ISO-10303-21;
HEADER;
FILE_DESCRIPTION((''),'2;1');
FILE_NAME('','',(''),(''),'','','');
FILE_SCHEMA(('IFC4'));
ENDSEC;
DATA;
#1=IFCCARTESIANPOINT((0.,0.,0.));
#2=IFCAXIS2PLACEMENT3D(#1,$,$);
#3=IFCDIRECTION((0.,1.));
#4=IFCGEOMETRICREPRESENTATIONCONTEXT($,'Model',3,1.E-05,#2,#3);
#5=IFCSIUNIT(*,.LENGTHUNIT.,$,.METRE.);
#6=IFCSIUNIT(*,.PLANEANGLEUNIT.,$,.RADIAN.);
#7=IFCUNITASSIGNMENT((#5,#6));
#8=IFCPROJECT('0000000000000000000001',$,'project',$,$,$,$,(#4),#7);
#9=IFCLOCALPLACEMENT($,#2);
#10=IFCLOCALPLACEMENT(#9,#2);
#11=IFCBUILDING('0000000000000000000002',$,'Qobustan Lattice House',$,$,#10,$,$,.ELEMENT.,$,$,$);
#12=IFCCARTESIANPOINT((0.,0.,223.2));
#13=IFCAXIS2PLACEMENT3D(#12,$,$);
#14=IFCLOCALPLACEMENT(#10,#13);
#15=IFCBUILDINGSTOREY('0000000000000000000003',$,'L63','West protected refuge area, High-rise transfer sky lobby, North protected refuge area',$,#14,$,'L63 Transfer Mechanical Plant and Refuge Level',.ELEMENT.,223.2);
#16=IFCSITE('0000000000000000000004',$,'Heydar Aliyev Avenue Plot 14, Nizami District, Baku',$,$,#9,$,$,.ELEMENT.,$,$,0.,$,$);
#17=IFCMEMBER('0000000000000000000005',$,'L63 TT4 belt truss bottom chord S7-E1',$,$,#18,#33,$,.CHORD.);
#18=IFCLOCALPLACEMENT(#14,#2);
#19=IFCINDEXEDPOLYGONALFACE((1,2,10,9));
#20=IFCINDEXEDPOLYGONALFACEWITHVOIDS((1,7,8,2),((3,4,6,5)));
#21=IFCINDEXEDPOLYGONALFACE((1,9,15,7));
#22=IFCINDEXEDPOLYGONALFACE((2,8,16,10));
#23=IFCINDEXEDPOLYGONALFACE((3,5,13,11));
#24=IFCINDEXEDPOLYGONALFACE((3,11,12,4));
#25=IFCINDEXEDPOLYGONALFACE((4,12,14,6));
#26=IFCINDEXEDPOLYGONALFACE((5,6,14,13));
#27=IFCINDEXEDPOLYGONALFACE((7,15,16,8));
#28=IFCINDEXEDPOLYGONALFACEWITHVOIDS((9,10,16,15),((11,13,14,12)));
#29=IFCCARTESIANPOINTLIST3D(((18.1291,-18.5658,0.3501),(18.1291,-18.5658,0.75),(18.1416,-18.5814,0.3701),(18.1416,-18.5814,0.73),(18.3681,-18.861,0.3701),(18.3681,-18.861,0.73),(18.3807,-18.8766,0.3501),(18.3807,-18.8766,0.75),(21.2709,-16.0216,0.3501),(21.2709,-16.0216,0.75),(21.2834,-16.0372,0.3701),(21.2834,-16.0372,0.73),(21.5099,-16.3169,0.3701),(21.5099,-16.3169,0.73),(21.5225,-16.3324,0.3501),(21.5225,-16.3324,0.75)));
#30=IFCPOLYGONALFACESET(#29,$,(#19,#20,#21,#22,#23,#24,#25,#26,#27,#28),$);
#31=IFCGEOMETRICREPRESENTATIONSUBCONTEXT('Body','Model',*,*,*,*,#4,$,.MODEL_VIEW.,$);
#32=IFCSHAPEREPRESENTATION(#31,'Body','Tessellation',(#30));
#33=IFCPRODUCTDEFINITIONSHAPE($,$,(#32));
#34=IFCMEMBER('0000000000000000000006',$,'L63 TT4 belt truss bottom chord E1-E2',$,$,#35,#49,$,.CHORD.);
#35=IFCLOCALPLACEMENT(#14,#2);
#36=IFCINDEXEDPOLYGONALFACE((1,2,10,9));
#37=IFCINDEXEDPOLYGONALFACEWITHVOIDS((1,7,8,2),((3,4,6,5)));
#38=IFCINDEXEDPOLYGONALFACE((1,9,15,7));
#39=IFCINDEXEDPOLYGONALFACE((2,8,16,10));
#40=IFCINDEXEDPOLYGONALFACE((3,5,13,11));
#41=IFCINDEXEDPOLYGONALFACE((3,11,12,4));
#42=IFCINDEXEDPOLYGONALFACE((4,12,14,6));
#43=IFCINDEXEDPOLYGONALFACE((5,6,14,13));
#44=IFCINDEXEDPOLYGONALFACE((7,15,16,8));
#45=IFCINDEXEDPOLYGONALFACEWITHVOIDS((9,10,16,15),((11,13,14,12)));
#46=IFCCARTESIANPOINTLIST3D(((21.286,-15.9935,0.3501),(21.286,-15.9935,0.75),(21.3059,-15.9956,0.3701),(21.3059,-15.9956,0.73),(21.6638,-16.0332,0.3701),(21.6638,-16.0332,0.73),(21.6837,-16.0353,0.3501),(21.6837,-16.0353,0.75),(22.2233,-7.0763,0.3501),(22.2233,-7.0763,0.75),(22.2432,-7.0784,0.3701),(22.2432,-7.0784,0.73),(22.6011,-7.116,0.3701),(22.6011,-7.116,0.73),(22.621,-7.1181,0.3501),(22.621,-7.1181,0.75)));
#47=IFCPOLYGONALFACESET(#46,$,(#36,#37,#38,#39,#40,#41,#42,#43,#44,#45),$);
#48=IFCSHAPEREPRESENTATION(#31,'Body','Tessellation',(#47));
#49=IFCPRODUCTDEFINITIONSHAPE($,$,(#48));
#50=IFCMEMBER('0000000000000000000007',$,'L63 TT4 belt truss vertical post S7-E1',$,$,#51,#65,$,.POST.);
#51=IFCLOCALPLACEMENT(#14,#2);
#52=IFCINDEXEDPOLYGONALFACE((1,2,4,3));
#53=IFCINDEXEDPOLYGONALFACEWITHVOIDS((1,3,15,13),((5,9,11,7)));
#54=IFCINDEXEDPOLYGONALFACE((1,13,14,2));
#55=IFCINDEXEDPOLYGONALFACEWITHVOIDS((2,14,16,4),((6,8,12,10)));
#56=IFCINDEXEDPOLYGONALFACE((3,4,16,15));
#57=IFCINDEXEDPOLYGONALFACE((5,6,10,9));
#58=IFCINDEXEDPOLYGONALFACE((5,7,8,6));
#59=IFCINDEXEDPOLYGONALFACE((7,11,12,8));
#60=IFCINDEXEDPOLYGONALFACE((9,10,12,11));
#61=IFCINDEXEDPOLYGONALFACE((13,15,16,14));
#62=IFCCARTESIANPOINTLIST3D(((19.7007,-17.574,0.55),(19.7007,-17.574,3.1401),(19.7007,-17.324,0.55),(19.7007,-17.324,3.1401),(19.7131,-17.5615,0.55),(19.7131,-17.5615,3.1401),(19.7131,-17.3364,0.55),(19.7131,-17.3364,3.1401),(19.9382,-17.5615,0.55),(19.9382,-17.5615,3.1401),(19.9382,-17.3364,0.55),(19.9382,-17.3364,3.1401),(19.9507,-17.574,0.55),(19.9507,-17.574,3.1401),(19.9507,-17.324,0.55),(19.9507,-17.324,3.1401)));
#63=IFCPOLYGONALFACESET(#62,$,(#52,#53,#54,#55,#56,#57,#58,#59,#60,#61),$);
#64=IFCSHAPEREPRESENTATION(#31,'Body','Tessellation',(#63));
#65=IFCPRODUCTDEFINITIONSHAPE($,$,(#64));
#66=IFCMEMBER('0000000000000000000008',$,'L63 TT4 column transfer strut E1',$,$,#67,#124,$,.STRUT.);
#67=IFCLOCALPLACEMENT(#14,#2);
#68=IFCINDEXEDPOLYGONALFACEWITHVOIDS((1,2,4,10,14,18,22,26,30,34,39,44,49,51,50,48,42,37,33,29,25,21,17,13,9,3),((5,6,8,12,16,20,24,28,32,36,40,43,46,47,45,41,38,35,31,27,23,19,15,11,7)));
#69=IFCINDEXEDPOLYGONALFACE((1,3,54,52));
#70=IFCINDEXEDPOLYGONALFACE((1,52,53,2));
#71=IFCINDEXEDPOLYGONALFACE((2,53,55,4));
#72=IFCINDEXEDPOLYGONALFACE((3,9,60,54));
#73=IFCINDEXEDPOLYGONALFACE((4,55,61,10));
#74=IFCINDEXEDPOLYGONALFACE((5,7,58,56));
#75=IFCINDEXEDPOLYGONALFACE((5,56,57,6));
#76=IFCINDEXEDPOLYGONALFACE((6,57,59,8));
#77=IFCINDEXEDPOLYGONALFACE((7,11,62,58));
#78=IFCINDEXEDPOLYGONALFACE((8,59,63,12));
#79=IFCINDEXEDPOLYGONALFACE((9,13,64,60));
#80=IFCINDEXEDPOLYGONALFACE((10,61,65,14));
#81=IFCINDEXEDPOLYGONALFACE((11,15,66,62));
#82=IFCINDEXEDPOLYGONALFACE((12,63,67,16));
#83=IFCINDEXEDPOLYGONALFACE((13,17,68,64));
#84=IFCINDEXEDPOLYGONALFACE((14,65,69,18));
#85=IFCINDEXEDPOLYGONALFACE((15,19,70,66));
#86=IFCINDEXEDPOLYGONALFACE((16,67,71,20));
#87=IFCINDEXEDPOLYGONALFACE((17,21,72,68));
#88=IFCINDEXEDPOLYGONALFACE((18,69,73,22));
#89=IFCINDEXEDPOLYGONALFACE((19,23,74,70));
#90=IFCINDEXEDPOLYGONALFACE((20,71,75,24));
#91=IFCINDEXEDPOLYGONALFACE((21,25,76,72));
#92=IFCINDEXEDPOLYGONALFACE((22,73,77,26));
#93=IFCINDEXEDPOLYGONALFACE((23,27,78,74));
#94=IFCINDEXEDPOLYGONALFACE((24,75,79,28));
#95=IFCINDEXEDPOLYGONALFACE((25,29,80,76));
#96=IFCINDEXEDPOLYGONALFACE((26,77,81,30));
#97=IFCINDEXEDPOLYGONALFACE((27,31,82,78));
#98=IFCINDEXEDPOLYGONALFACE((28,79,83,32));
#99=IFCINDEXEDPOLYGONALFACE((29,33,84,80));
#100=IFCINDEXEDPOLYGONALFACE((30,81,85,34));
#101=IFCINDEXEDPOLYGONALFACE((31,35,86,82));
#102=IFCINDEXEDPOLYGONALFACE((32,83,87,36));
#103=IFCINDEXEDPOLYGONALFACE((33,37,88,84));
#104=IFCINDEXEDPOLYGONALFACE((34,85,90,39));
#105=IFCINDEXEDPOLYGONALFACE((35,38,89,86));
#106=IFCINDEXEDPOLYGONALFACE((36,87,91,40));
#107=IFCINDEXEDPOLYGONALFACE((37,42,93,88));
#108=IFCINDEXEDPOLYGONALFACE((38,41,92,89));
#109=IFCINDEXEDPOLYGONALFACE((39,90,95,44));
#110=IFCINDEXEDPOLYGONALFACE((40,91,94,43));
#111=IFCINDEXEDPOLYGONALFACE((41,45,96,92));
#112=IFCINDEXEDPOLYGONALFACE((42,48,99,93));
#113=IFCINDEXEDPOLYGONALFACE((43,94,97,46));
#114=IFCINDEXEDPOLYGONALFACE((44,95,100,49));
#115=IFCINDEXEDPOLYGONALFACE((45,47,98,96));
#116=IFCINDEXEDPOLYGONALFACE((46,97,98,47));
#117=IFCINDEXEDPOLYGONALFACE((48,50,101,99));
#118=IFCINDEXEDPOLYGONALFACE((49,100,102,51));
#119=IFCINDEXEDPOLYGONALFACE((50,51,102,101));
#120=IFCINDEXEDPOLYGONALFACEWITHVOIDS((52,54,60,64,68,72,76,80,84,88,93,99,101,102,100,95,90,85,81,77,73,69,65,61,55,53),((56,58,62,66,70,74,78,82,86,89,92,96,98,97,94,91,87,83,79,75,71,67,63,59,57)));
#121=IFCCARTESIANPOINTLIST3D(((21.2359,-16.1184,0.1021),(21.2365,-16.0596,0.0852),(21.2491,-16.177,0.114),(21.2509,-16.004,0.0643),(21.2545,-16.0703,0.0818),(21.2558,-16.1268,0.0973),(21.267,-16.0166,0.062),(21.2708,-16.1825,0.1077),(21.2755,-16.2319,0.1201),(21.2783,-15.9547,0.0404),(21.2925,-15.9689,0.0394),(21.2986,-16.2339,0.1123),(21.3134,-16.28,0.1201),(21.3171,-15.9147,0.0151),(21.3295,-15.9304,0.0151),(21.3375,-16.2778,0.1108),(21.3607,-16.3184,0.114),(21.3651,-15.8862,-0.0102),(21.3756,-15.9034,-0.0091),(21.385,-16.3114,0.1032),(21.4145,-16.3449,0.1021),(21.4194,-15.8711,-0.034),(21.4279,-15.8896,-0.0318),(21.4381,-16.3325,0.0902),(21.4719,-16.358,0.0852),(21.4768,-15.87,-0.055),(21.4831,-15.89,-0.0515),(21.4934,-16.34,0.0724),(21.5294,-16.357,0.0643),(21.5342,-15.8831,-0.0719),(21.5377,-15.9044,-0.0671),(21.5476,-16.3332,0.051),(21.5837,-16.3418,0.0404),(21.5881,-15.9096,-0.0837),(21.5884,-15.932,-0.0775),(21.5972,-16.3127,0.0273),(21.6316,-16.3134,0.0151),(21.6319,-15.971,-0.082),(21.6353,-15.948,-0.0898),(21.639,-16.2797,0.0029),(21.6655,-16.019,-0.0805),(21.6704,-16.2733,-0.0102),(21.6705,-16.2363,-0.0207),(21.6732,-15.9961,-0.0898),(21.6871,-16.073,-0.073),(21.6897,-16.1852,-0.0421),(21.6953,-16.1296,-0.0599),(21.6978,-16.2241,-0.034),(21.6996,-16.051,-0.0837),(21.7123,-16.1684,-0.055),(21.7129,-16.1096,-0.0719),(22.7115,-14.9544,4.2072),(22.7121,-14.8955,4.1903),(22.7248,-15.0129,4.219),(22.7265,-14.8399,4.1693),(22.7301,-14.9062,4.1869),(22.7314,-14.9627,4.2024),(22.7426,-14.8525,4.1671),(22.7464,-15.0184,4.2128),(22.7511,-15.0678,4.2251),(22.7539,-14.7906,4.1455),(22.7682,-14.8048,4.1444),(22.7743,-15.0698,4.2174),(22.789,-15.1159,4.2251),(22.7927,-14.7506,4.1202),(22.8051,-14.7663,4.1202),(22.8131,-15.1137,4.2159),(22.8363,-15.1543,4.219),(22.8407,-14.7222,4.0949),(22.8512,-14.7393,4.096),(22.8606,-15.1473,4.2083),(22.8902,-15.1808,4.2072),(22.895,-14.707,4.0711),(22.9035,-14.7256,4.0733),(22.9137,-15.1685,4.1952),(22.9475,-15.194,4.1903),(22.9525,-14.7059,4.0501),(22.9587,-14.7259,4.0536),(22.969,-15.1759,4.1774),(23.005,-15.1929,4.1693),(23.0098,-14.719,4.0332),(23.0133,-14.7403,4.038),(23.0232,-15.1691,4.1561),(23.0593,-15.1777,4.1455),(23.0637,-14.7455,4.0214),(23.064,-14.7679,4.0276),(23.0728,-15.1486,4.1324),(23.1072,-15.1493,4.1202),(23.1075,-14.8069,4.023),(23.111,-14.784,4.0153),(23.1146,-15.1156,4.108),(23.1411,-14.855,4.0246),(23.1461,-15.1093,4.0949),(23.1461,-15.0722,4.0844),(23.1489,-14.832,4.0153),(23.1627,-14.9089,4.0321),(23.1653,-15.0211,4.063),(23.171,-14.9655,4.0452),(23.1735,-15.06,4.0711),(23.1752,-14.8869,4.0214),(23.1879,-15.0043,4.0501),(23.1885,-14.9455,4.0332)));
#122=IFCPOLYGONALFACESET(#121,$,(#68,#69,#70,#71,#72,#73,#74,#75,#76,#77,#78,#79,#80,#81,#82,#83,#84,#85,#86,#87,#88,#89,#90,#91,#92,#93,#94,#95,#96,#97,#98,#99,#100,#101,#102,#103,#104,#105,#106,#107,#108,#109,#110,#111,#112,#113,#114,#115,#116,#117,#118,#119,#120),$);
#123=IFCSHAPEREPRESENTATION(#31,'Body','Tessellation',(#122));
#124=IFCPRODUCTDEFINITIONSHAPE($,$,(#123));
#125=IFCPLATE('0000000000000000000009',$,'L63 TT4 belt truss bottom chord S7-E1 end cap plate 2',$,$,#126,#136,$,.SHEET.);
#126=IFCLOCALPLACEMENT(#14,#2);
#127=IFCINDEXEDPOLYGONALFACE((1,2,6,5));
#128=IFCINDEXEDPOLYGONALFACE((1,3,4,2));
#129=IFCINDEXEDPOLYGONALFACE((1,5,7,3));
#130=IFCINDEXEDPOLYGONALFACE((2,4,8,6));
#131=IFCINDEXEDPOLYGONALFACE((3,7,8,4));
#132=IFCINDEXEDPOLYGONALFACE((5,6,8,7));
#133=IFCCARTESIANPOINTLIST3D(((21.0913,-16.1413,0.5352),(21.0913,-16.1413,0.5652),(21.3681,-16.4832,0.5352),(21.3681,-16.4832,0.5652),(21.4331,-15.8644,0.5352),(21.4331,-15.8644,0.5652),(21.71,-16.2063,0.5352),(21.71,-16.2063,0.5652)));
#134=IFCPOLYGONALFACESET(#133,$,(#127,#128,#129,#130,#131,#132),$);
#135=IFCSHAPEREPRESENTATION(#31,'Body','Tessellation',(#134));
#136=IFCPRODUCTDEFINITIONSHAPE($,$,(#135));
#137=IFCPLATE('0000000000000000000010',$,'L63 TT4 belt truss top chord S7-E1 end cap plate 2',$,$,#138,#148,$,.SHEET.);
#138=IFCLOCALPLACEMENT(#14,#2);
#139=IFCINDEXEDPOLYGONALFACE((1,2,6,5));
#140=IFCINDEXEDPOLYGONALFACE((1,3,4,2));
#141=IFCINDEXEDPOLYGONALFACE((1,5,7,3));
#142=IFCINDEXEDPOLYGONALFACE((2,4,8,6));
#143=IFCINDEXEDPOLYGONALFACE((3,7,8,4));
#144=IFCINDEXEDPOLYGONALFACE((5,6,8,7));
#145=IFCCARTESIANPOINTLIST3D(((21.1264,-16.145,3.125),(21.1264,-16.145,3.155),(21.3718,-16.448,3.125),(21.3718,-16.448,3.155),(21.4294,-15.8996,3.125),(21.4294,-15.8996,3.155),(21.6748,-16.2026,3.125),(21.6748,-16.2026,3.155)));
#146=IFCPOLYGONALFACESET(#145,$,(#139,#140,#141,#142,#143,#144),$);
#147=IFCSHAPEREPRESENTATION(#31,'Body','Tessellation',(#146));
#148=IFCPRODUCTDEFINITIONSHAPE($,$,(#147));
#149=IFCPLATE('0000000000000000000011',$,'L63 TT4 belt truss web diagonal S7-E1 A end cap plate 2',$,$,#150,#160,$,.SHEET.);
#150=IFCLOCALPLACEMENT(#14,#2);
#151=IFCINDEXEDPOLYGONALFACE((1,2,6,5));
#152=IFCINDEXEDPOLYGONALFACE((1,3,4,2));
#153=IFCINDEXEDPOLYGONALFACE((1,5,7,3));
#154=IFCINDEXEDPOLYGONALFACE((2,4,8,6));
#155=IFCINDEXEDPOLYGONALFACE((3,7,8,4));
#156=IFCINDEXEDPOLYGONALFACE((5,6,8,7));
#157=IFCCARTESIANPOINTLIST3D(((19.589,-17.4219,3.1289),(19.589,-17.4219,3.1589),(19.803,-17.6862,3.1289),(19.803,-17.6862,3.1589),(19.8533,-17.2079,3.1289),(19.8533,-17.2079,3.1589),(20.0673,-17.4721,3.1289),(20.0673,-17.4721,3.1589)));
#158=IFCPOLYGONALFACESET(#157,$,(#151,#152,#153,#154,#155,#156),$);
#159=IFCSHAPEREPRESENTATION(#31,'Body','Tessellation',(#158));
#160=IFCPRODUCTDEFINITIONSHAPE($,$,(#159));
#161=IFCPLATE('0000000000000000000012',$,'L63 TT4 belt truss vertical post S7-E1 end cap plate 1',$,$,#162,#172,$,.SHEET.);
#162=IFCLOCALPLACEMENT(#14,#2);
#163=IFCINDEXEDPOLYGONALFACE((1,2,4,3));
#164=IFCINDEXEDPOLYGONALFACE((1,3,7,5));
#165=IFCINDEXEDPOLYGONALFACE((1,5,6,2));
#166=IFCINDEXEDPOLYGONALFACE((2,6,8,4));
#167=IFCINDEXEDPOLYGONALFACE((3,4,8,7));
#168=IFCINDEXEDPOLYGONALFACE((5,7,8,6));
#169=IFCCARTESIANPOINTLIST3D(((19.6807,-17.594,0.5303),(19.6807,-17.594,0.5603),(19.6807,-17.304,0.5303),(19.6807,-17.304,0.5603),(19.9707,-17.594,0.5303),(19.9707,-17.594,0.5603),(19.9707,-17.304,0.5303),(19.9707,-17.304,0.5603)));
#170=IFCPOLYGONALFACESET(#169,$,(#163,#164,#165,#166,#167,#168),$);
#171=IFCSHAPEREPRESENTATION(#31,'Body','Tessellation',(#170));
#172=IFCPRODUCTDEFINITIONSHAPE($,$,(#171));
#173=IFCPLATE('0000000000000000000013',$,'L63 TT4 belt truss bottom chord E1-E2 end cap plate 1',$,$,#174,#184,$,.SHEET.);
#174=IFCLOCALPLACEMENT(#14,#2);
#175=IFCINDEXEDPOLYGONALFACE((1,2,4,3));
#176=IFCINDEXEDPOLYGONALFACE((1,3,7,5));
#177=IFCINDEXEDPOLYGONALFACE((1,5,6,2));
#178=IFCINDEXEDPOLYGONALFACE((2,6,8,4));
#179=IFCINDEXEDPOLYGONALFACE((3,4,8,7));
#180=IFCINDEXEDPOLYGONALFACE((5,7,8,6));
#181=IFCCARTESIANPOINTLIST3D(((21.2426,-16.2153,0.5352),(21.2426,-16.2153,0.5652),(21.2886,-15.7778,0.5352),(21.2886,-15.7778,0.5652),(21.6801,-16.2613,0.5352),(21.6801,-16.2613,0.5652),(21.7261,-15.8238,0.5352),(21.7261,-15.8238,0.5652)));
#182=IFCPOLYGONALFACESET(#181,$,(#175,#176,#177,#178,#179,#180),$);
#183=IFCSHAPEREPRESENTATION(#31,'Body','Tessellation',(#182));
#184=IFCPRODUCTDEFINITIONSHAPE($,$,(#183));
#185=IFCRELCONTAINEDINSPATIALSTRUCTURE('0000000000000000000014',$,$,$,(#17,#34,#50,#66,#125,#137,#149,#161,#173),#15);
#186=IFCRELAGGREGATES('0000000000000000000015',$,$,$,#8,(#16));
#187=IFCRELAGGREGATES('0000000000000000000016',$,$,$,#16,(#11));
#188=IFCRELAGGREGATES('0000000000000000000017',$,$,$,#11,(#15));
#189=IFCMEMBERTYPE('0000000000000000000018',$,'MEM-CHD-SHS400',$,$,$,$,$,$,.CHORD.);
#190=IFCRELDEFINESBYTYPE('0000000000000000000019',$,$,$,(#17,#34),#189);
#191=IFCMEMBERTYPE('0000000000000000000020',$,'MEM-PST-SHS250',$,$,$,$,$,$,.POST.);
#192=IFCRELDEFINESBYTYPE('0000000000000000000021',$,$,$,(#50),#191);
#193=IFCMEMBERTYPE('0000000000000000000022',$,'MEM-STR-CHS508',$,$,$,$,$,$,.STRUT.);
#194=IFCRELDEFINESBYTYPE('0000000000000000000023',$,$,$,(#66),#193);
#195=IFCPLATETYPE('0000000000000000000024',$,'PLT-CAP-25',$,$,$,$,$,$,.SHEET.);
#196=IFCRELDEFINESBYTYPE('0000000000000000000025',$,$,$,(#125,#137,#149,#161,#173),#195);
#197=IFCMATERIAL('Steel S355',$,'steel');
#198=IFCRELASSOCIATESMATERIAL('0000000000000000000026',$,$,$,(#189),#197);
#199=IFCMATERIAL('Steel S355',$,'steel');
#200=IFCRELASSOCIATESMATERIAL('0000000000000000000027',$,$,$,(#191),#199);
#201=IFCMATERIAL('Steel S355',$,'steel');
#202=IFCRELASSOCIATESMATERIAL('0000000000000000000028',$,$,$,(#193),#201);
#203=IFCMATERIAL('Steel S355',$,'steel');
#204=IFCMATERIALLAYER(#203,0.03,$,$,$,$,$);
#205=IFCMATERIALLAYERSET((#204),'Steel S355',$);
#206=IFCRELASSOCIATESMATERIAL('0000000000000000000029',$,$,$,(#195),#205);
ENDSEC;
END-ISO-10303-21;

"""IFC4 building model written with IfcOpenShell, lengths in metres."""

from ifc_helpers import new_model, si_unit, direction, frame, origin, origin_2d, place, context, subcontext, project, spatial, rectangle, hollow_rectangle, hollow_circle, extrude, material, layer, layer_set, material_profile, profile_set, type_object, element, save


model = new_model("IFC4")

# Units and contexts
model_context = context("Model", 3, precision=1e-05, world=origin(), true_north=direction((0.0, 1.0)))
body_context = subcontext(model_context, "Body", "Model", "MODEL_VIEW")
ifc_project = project(units=[si_unit("LENGTHUNIT", "METRE"), si_unit("PLANEANGLEUNIT", "RADIAN")], contexts=[model_context])

# Site, building, storey
site_placement = place(None, origin())
site = spatial("IfcSite", under=ifc_project, at=site_placement, Name="Heydar Aliyev Avenue Plot 14, Nizami District, Baku", CompositionType="ELEMENT", RefElevation=0.0)
building_placement = place(site_placement, origin())
building = spatial("IfcBuilding", under=site, at=building_placement, Name="Qobustan Lattice House", CompositionType="ELEMENT")
storey_placement = place(building_placement, frame((0.0, 0.0, 223.2)))
storey = spatial("IfcBuildingStorey", under=building, at=storey_placement, Name="L63", Description="West protected refuge area, High-rise transfer sky lobby, North protected refuge area", LongName="L63 Transfer Mechanical Plant and Refuge Level", CompositionType="ELEMENT", Elevation=223.2)

# Members
ifc_material_1 = material(Name="Steel S355", Category="steel")
ifc_material_profile_1 = material_profile(ifc_material_1, hollow_rectangle(XDim=0.3999, YDim=0.3999, WallThickness=0.02, at=origin_2d()), Name="SHS400x400x20")
ifc_profile_set_1 = profile_set([ifc_material_profile_1], Name="Steel S355")
member_type_1 = type_object("IfcMemberType", Name="MEM-CHD-SHS400", PredefinedType="CHORD", material=ifc_profile_set_1)
member_1_placement = place(storey_placement, frame((18.2549, -18.7212, 0.55), z_axis=(0.777149, 0.629316, 0.0), x_axis=(-0.629316, 0.777149, 0.0)))
element("IfcMember", 1, at=member_1_placement, inside=storey, type_object=member_type_1, Name="L63 TT4 belt truss bottom chord S7-E1", PredefinedType="CHORD", context=body_context, shape_type="SweptSolid", body=[
    extrude(hollow_rectangle(XDim=0.3999, YDim=0.3999, WallThickness=0.02, at=origin_2d()), origin(), (0.0, 0.0, 1.0), 4.0427),
])
member_2_placement = place(storey_placement, frame((21.4849, -16.0144, 0.55), z_axis=(0.10453, 0.994522, 0.0), x_axis=(-0.994522, 0.10453, 0.0)))
element("IfcMember", 2, at=member_2_placement, inside=storey, type_object=member_type_1, Name="L63 TT4 belt truss bottom chord E1-E2", PredefinedType="CHORD", context=body_context, shape_type="SweptSolid", body=[
    extrude(hollow_rectangle(XDim=0.3999, YDim=0.3999, WallThickness=0.02, at=origin_2d()), origin(), (0.0, 0.0, 1.0), 8.9663),
])
ifc_material_2 = material(Name="Steel S355", Category="steel")
ifc_material_profile_2 = material_profile(ifc_material_2, hollow_rectangle(XDim=0.25, YDim=0.25, WallThickness=0.0125, at=origin_2d()), Name="SHS250x250x12.5")
ifc_profile_set_2 = profile_set([ifc_material_profile_2], Name="Steel S355")
member_type_2 = type_object("IfcMemberType", Name="MEM-PST-SHS250", PredefinedType="POST", material=ifc_profile_set_2)
member_3_placement = place(storey_placement, frame((19.8257, -17.449, 0.55), z_axis=(0.0, 0.0, 1.0), x_axis=(1.0, 0.0, 0.0)))
element("IfcMember", 3, at=member_3_placement, inside=storey, type_object=member_type_2, Name="L63 TT4 belt truss vertical post S7-E1", PredefinedType="POST", context=body_context, shape_type="SweptSolid", body=[
    extrude(hollow_rectangle(XDim=0.25, YDim=0.25, WallThickness=0.0125, at=origin_2d()), origin(), (0.0, 0.0, 1.0), 2.5901),
])
ifc_material_3 = material(Name="Steel S355", Category="steel")
ifc_material_profile_3 = material_profile(ifc_material_3, hollow_circle(Radius=0.2539, WallThickness=0.02, at=origin_2d()), Name="CHS508x20")
ifc_profile_set_3 = profile_set([ifc_material_profile_3], Name="Steel S355")
member_type_3 = type_object("IfcMemberType", Name="MEM-STR-CHS508", PredefinedType="STRUT", material=ifc_profile_set_3)
member_4_placement = place(storey_placement, frame((21.4744, -16.114, 0.0151), z_axis=(0.326834, 0.257834, 0.909231), x_axis=(-0.619358, 0.785109, 0.0)))
element("IfcMember", 4, at=member_4_placement, inside=storey, type_object=member_type_3, Name="L63 TT4 column transfer strut E1", PredefinedType="STRUT", context=body_context, shape_type="SweptSolid", body=[
    extrude(hollow_circle(Radius=0.2539, WallThickness=0.02, at=origin_2d()), origin(), (0.0, 0.0, 1.0), 4.5149),
])

# Plates
ifc_material_4 = material(Name="Steel S355", Category="steel")
ifc_layer_1 = layer(ifc_material_4, 0.03)
ifc_layer_set_1 = layer_set([ifc_layer_1], Name="Steel S355")
plate_type = type_object("IfcPlateType", Name="PLT-CAP-25", PredefinedType="SHEET", material=ifc_layer_set_1)
plate_1_placement = place(storey_placement, frame((21.4006, -16.1738, 0.5352), z_axis=(0.0, 0.0, 1.0), x_axis=(0.777135, 0.629334, 0.0)))
element("IfcPlate", 5, at=plate_1_placement, inside=storey, type_object=plate_type, Name="L63 TT4 belt truss bottom chord S7-E1 end cap plate 2", PredefinedType="SHEET", context=body_context, shape_type="SweptSolid", body=[
    extrude(rectangle(XDim=0.4399, YDim=0.4399, at=origin_2d()), origin(), (0.0, 0.0, 1.0), 0.03),
])
plate_2_placement = place(storey_placement, frame((21.4006, -16.1738, 3.125), z_axis=(0.0, 0.0, 1.0), x_axis=(0.777135, 0.629334, 0.0)))
element("IfcPlate", 6, at=plate_2_placement, inside=storey, type_object=plate_type, Name="L63 TT4 belt truss top chord S7-E1 end cap plate 2", PredefinedType="SHEET", context=body_context, shape_type="SweptSolid", body=[
    extrude(rectangle(XDim=0.3899, YDim=0.3899, at=origin_2d()), origin(), (0.0, 0.0, 1.0), 0.03),
])
plate_3_placement = place(storey_placement, frame((19.8281, -17.447, 3.1289), z_axis=(0.0, 0.0, 1.0), x_axis=(0.777124, 0.629348, 0.0)))
element("IfcPlate", 7, at=plate_3_placement, inside=storey, type_object=plate_type, Name="L63 TT4 belt truss web diagonal S7-E1 A end cap plate 2", PredefinedType="SHEET", context=body_context, shape_type="SweptSolid", body=[
    extrude(rectangle(XDim=0.3401, YDim=0.3401, at=origin_2d()), origin(), (0.0, 0.0, 1.0), 0.03),
])
plate_4_placement = place(storey_placement, frame((19.8257, -17.449, 0.5303), z_axis=(0.0, 0.0, 1.0), x_axis=(1.0, 0.0, 0.0)))
element("IfcPlate", 8, at=plate_4_placement, inside=storey, type_object=plate_type, Name="L63 TT4 belt truss vertical post S7-E1 end cap plate 1", PredefinedType="SHEET", context=body_context, shape_type="SweptSolid", body=[
    extrude(rectangle(XDim=0.29, YDim=0.29, at=origin_2d()), origin(), (0.0, 0.0, 1.0), 0.03),
])
plate_5_placement = place(storey_placement, frame((21.4844, -16.0195, 0.5352), z_axis=(0.0, 0.0, 1.0), x_axis=(0.104528, 0.994522, 0.0)))
element("IfcPlate", 9, at=plate_5_placement, inside=storey, type_object=plate_type, Name="L63 TT4 belt truss bottom chord E1-E2 end cap plate 1", PredefinedType="SHEET", context=body_context, shape_type="SweptSolid", body=[
    extrude(rectangle(XDim=0.4399, YDim=0.4399, at=origin_2d()), origin(), (0.0, 0.0, 1.0), 0.03),
])

save(model, "model.ifc")
